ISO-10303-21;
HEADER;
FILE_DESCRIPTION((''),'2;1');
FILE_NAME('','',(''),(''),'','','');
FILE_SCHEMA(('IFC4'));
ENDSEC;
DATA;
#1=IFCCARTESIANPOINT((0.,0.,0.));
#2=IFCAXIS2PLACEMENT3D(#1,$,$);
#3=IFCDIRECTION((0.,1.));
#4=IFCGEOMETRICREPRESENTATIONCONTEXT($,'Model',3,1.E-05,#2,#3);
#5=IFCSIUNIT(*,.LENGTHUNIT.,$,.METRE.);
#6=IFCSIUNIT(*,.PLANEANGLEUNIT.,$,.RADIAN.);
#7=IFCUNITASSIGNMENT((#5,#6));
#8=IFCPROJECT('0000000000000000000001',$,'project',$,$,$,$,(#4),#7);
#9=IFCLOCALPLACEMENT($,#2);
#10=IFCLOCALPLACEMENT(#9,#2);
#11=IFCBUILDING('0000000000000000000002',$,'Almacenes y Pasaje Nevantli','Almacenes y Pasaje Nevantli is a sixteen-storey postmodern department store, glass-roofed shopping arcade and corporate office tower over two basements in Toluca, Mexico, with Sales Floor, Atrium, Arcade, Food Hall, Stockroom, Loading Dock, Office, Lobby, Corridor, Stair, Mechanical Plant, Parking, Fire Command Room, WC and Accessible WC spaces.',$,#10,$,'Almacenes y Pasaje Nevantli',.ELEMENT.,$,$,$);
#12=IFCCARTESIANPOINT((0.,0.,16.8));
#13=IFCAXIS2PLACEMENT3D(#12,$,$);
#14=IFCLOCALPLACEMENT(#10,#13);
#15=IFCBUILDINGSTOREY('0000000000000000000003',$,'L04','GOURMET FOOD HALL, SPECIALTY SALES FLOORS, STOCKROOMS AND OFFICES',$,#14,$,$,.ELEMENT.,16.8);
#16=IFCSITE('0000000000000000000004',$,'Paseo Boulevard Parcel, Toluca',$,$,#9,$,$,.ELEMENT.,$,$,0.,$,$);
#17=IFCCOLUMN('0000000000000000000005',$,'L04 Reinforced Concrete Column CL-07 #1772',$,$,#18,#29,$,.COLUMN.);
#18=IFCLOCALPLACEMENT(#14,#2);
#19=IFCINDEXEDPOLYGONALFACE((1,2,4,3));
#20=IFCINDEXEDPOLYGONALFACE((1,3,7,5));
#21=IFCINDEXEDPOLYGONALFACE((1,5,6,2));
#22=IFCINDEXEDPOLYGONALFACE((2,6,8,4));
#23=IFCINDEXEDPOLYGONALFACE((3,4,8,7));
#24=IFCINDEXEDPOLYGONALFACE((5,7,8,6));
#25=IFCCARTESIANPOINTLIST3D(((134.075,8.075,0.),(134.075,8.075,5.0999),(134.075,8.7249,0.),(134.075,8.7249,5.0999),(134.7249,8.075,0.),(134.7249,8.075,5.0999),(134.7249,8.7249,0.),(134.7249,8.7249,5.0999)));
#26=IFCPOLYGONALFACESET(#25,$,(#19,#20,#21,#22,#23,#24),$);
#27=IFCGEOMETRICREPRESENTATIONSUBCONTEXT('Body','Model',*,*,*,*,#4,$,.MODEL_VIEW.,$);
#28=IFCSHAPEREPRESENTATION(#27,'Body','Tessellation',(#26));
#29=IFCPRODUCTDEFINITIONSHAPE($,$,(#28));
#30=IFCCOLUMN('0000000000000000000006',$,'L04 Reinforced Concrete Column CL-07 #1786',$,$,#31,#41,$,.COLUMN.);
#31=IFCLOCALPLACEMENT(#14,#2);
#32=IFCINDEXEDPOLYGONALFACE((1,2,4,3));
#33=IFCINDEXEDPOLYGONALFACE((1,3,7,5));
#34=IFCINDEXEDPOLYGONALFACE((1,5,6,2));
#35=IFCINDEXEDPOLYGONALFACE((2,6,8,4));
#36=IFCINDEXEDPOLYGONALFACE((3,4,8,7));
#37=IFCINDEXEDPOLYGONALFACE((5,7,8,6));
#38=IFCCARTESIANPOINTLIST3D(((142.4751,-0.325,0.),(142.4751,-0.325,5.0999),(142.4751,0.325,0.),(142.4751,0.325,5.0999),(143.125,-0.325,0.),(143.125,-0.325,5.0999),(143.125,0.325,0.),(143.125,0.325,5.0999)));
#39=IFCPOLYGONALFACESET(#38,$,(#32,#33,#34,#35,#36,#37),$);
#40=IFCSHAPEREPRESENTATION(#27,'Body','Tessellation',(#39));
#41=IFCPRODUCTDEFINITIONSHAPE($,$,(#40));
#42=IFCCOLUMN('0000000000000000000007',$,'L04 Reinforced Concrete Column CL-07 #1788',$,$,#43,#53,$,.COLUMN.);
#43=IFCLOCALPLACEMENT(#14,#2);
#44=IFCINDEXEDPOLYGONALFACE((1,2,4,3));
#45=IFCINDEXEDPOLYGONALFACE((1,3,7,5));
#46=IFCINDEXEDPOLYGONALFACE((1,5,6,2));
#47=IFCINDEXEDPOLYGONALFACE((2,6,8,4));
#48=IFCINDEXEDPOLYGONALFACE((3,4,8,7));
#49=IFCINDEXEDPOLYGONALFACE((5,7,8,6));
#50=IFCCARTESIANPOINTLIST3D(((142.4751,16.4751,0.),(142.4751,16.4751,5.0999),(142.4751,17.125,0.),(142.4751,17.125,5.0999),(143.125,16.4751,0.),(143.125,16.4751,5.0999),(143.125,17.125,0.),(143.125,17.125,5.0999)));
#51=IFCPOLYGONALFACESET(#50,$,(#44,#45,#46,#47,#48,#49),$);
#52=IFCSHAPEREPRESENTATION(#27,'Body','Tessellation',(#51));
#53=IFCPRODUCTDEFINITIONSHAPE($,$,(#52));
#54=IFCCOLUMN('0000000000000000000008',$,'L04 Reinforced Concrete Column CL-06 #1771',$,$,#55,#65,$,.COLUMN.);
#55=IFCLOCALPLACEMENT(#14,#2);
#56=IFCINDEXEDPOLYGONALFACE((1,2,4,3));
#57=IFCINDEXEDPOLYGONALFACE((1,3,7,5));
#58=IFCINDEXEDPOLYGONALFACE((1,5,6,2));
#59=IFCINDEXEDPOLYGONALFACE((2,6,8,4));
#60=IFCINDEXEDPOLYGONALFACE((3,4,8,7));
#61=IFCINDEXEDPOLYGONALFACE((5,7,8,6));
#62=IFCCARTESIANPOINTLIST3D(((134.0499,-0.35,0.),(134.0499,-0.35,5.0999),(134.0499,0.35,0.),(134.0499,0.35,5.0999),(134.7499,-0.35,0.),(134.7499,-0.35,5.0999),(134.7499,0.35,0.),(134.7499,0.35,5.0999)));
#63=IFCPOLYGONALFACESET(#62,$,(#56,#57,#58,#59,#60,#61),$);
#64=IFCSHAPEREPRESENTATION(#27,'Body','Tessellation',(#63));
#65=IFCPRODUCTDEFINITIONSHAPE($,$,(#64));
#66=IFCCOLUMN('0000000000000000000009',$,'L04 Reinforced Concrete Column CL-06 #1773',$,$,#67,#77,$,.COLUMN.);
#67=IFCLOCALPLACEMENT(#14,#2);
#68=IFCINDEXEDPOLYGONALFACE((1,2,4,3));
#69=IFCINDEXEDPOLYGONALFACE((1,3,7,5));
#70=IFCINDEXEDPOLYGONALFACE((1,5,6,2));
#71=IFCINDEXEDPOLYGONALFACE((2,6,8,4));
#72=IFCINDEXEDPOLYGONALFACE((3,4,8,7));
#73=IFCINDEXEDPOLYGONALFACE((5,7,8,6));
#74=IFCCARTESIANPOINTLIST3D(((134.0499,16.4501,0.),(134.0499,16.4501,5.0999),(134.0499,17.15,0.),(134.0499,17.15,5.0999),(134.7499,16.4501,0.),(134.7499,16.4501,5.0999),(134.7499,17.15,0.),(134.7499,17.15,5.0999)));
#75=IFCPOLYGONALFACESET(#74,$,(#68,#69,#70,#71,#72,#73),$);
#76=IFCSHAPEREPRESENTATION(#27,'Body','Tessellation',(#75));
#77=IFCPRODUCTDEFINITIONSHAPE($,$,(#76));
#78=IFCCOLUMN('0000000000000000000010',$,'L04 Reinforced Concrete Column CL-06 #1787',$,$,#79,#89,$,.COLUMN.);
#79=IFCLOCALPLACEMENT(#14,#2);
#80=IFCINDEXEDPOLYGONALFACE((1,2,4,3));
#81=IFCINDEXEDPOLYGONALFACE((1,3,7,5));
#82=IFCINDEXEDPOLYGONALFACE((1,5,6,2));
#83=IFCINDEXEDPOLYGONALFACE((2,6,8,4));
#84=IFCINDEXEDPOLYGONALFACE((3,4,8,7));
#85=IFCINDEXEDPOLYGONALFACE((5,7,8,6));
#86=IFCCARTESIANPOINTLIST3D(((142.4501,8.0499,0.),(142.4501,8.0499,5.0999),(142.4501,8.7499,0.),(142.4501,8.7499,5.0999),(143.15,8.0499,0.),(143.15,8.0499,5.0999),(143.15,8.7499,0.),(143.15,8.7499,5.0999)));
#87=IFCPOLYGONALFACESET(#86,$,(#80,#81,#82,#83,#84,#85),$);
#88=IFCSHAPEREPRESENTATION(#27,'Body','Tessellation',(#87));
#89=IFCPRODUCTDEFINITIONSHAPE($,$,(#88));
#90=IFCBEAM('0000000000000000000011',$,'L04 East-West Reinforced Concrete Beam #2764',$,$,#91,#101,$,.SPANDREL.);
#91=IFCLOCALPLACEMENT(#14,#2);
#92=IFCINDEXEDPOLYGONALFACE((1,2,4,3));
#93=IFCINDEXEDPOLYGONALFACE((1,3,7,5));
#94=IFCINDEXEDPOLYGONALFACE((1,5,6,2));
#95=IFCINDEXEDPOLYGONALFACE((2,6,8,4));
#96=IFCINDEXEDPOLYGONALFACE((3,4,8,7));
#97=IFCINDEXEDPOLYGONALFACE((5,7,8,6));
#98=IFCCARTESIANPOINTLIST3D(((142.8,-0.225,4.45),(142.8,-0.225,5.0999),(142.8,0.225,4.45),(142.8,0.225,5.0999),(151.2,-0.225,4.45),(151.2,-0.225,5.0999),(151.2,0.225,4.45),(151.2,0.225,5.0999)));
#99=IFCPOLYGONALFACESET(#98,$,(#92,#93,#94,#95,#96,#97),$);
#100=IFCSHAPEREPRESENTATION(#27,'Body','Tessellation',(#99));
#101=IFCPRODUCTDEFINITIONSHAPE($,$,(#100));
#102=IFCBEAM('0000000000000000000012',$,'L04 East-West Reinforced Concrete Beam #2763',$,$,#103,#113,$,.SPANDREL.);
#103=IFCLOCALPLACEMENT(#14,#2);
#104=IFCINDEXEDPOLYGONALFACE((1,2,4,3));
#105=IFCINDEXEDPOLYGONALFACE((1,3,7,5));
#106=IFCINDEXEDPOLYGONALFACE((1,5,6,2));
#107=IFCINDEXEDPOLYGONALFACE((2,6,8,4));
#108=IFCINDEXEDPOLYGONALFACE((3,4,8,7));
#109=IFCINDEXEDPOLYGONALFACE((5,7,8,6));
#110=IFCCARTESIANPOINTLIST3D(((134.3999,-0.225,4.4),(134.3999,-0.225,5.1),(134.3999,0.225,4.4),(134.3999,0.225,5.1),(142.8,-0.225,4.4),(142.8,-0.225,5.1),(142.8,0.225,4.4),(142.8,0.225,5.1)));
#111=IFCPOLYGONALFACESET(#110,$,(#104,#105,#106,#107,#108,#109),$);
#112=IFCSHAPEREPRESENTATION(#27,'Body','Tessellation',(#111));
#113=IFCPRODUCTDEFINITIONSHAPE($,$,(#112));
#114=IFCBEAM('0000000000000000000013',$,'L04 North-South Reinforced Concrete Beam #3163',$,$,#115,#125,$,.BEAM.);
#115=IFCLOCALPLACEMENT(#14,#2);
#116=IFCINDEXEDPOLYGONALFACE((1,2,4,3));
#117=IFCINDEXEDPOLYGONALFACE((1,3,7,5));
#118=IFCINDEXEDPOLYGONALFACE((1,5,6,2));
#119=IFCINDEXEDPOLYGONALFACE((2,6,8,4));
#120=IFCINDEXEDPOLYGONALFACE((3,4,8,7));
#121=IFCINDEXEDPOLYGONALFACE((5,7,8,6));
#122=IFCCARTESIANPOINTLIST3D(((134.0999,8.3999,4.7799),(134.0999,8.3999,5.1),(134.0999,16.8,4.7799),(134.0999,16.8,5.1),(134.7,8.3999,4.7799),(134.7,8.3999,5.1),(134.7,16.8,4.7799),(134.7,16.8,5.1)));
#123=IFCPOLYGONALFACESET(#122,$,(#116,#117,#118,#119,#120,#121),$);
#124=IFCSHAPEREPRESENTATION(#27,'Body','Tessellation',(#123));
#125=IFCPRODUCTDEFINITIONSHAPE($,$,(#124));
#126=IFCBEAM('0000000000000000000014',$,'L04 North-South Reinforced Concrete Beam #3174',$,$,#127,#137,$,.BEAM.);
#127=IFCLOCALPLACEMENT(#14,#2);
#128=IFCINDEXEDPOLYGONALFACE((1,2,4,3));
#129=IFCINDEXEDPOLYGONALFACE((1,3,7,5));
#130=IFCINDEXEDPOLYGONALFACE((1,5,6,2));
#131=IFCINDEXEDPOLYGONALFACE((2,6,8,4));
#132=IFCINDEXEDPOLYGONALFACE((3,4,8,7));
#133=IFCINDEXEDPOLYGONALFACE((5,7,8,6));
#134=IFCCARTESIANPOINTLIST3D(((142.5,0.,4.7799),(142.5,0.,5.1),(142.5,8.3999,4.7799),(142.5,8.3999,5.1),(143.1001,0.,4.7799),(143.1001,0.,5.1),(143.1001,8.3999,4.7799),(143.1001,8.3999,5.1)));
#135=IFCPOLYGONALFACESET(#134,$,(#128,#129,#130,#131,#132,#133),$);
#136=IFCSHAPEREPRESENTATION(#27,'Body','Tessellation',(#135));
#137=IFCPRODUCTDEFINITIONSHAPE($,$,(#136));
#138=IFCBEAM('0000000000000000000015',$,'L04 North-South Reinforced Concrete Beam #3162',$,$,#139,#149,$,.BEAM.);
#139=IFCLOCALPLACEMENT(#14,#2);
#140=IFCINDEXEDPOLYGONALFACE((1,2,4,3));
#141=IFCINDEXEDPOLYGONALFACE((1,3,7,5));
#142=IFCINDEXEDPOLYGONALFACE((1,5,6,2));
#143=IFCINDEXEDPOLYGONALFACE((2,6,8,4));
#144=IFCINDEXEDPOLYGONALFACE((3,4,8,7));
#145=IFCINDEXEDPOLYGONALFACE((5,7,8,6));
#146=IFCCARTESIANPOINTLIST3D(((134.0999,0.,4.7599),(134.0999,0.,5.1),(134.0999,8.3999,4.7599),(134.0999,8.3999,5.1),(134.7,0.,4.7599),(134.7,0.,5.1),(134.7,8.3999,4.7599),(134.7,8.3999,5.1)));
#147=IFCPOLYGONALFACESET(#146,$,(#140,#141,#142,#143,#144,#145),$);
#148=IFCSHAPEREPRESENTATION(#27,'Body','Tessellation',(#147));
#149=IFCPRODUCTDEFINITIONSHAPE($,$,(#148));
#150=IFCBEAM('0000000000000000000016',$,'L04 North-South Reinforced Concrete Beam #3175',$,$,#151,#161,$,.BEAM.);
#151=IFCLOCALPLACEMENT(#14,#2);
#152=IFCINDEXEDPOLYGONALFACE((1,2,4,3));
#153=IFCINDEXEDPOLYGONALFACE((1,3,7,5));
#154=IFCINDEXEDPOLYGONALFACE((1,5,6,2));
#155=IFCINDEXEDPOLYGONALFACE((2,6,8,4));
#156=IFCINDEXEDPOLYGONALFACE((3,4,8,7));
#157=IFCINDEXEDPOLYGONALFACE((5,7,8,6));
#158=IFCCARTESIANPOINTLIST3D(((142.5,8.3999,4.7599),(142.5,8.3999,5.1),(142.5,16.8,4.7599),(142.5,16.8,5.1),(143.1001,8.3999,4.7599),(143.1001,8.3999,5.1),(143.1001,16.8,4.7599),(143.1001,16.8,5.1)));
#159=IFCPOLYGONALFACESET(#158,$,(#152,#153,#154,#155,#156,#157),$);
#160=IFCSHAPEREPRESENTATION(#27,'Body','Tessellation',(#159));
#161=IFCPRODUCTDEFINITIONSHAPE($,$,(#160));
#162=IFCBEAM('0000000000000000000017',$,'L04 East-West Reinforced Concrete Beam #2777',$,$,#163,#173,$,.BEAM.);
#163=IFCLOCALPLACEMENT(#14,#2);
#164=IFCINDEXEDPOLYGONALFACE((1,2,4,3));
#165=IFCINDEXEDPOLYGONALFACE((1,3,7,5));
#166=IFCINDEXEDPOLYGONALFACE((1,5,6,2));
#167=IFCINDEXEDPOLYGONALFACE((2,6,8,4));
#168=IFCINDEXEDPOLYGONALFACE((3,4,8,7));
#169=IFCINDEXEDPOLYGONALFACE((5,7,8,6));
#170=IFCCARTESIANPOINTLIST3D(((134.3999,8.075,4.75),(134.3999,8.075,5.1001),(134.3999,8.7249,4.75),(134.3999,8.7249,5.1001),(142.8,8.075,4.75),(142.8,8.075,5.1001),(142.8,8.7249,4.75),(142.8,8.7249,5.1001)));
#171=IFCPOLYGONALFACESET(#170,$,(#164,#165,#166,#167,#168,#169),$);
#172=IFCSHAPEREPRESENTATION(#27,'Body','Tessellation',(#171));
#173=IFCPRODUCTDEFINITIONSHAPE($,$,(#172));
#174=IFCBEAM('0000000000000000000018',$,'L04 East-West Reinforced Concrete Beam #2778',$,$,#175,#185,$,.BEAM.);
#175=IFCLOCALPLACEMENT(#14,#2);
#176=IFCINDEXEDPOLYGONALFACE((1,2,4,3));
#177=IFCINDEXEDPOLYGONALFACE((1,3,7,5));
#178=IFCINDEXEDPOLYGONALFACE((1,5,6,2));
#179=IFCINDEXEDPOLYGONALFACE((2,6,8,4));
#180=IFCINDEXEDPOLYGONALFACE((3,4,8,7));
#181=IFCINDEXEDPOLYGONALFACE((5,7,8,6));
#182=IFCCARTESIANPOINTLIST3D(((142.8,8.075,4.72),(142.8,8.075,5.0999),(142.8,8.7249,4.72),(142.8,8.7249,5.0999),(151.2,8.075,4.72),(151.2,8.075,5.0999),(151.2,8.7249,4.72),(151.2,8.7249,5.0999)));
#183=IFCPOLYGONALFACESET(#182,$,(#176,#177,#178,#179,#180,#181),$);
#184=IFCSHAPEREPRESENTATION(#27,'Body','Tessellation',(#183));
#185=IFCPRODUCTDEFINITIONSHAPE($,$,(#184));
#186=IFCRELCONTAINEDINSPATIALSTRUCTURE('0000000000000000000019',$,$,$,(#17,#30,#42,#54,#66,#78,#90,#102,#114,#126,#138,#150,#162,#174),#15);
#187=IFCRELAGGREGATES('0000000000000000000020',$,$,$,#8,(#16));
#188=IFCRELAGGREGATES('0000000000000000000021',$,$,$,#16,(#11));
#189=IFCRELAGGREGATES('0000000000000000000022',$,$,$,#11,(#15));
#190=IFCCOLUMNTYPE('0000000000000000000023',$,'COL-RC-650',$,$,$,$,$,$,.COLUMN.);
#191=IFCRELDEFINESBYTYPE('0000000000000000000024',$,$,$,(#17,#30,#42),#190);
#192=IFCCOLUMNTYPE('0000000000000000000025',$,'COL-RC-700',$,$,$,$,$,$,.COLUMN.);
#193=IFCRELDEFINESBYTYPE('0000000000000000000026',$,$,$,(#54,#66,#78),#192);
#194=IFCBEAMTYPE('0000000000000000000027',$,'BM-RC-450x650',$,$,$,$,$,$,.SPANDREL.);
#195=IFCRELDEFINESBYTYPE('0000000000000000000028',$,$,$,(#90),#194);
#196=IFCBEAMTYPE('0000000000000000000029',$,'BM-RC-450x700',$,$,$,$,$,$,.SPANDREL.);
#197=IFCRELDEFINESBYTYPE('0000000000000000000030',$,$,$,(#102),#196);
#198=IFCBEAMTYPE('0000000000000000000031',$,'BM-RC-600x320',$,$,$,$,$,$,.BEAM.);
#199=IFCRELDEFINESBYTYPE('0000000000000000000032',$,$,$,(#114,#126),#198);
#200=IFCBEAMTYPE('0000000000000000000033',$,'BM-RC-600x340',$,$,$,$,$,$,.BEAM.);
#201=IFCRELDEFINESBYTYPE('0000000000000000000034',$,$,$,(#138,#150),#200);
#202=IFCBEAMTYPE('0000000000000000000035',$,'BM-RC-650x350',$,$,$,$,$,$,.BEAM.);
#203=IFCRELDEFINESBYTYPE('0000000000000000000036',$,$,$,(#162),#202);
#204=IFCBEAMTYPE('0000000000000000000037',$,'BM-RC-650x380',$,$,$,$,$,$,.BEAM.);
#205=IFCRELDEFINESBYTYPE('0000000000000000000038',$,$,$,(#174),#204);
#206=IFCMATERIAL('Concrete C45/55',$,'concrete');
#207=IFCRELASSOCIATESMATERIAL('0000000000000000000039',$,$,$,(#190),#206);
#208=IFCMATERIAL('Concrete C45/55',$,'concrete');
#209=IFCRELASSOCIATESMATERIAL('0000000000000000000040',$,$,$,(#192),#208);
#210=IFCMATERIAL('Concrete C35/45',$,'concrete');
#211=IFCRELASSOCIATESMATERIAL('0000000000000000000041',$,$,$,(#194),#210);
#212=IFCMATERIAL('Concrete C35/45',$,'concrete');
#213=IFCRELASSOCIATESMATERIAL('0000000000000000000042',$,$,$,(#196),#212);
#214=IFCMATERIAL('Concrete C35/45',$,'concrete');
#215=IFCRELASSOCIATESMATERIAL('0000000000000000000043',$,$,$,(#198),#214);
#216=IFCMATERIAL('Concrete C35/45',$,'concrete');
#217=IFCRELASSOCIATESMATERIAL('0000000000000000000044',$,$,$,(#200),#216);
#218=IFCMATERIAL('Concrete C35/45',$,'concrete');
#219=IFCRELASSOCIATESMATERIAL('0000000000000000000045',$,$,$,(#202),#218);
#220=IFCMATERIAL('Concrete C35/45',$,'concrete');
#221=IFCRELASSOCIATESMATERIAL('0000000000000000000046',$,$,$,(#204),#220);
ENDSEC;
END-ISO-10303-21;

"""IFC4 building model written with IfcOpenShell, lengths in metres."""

from ifc_helpers import new_model, si_unit, direction, frame, origin, origin_2d, place, context, subcontext, project, spatial, rectangle, extrude, material, material_profile, profile_set, type_object, element, save


model = new_model("IFC4")

# Units and contexts
model_context = context("Model", 3, precision=1e-05, world=origin(), true_north=direction((0.0, 1.0)))
body_context = subcontext(model_context, "Body", "Model", "MODEL_VIEW")
ifc_project = project(units=[si_unit("LENGTHUNIT", "METRE"), si_unit("PLANEANGLEUNIT", "RADIAN")], contexts=[model_context])

# Site, building, storey
site_placement = place(None, origin())
site = spatial("IfcSite", under=ifc_project, at=site_placement, Name="Paseo Boulevard Parcel, Toluca", CompositionType="ELEMENT", RefElevation=0.0)
building_placement = place(site_placement, origin())
building = spatial("IfcBuilding", under=site, at=building_placement, Name="Almacenes y Pasaje Nevantli", Description="Almacenes y Pasaje Nevantli is a sixteen-storey postmodern department store, glass-roofed shopping arcade and corporate office tower over two basements in Toluca, Mexico, with Sales Floor, Atrium, Arcade, Food Hall, Stockroom, Loading Dock, Office, Lobby, Corridor, Stair, Mechanical Plant, Parking, Fire Command Room, WC and Accessible WC spaces.", LongName="Almacenes y Pasaje Nevantli", CompositionType="ELEMENT")
storey_placement = place(building_placement, frame((0.0, 0.0, 16.8)))
storey = spatial("IfcBuildingStorey", under=building, at=storey_placement, Name="L04", Description="GOURMET FOOD HALL, SPECIALTY SALES FLOORS, STOCKROOMS AND OFFICES", CompositionType="ELEMENT", Elevation=16.8)

# Columns
ifc_material_1 = material(Name="Concrete C45/55", Category="concrete")
ifc_material_profile_1 = material_profile(ifc_material_1, rectangle(XDim=0.6499, YDim=0.6499, at=origin_2d()), Name="RC-COL-650x650")
ifc_profile_set_1 = profile_set([ifc_material_profile_1], Name="Concrete C45/55")
column_type_1 = type_object("IfcColumnType", Name="COL-RC-650", PredefinedType="COLUMN", material=ifc_profile_set_1)
for number, where, z_axis, x_axis, name in (
    (1, (134.3999, 8.3999, 0.0), (0.0, 0.0, 1.0), (1.0, 0.0, 0.0), "L04 Reinforced Concrete Column CL-07 #1772"),
    (2, (142.8, 0.0, 0.0), (0.0, 0.0, 1.0), (1.0, 0.0, 0.0), "L04 Reinforced Concrete Column CL-07 #1786"),
    (3, (142.8, 16.8, 0.0), (0.0, 0.0, 1.0), (1.0, 0.0, 0.0), "L04 Reinforced Concrete Column CL-07 #1788"),
):
    element("IfcColumn", number, at=place(storey_placement, frame(where, z_axis=z_axis, x_axis=x_axis)), inside=storey, type_object=column_type_1, Name=name, PredefinedType="COLUMN", context=body_context, shape_type="SweptSolid", body=[
        extrude(rectangle(XDim=0.6499, YDim=0.6499, at=origin_2d()), origin(), (0.0, 0.0, 1.0), 5.0999),
    ])
ifc_material_2 = material(Name="Concrete C45/55", Category="concrete")
ifc_material_profile_2 = material_profile(ifc_material_2, rectangle(XDim=0.7, YDim=0.7, at=origin_2d()), Name="RC-COL-700x700")
ifc_profile_set_2 = profile_set([ifc_material_profile_2], Name="Concrete C45/55")
column_type_2 = type_object("IfcColumnType", Name="COL-RC-700", PredefinedType="COLUMN", material=ifc_profile_set_2)
for number, where, z_axis, x_axis, name in (
    (4, (134.3999, 0.0, 0.0), (0.0, 0.0, 1.0), (1.0, 0.0, 0.0), "L04 Reinforced Concrete Column CL-06 #1771"),
    (5, (134.3999, 16.8, 0.0), (0.0, 0.0, 1.0), (1.0, 0.0, 0.0), "L04 Reinforced Concrete Column CL-06 #1773"),
    (6, (142.8, 8.3999, 0.0), (0.0, 0.0, 1.0), (1.0, 0.0, 0.0), "L04 Reinforced Concrete Column CL-06 #1787"),
):
    element("IfcColumn", number, at=place(storey_placement, frame(where, z_axis=z_axis, x_axis=x_axis)), inside=storey, type_object=column_type_2, Name=name, PredefinedType="COLUMN", context=body_context, shape_type="SweptSolid", body=[
        extrude(rectangle(XDim=0.7, YDim=0.7, at=origin_2d()), origin(), (0.0, 0.0, 1.0), 5.0999),
    ])

# Beams
ifc_material_3 = material(Name="Concrete C35/45", Category="concrete")
ifc_material_profile_3 = material_profile(ifc_material_3, rectangle(XDim=0.45, YDim=0.6499, at=origin_2d()), Name="RC-BM-450x650")
ifc_profile_set_3 = profile_set([ifc_material_profile_3], Name="Concrete C35/45")
beam_type_1 = type_object("IfcBeamType", Name="BM-RC-450x650", PredefinedType="SPANDREL", material=ifc_profile_set_3)
beam_1_placement = place(storey_placement, frame((142.8, 0.0, 4.7749), z_axis=(1.0, 0.0, 0.0), x_axis=(0.0, 1.0, 0.0)))
element("IfcBeam", 7, at=beam_1_placement, inside=storey, type_object=beam_type_1, Name="L04 East-West Reinforced Concrete Beam #2764", PredefinedType="SPANDREL", context=body_context, shape_type="SweptSolid", body=[
    extrude(rectangle(XDim=0.45, YDim=0.6499, at=origin_2d()), origin(), (0.0, 0.0, 1.0), 8.3999),
])
ifc_material_4 = material(Name="Concrete C35/45", Category="concrete")
ifc_material_profile_4 = material_profile(ifc_material_4, rectangle(XDim=0.45, YDim=0.7, at=origin_2d()), Name="RC-BM-450x700")
ifc_profile_set_4 = profile_set([ifc_material_profile_4], Name="Concrete C35/45")
beam_type_2 = type_object("IfcBeamType", Name="BM-RC-450x700", PredefinedType="SPANDREL", material=ifc_profile_set_4)
beam_2_placement = place(storey_placement, frame((134.3999, 0.0, 4.75), z_axis=(1.0, 0.0, 0.0), x_axis=(0.0, 1.0, 0.0)))
element("IfcBeam", 8, at=beam_2_placement, inside=storey, type_object=beam_type_2, Name="L04 East-West Reinforced Concrete Beam #2763", PredefinedType="SPANDREL", context=body_context, shape_type="SweptSolid", body=[
    extrude(rectangle(XDim=0.45, YDim=0.7, at=origin_2d()), origin(), (0.0, 0.0, 1.0), 8.4001),
])
ifc_material_5 = material(Name="Concrete C35/45", Category="concrete")
ifc_material_profile_5 = material_profile(ifc_material_5, rectangle(XDim=0.6001, YDim=0.3201, at=origin_2d()), Name="RC-BM-600x320")
ifc_profile_set_5 = profile_set([ifc_material_profile_5], Name="Concrete C35/45")
beam_type_3 = type_object("IfcBeamType", Name="BM-RC-600x320", PredefinedType="BEAM", material=ifc_profile_set_5)
beam_3_placement = place(storey_placement, frame((134.3999, 8.3999, 4.9399), z_axis=(0.0, 1.0, 0.0), x_axis=(-1.0, 0.0, 0.0)))
element("IfcBeam", 9, at=beam_3_placement, inside=storey, type_object=beam_type_3, Name="L04 North-South Reinforced Concrete Beam #3163", PredefinedType="BEAM", context=body_context, shape_type="SweptSolid", body=[
    extrude(rectangle(XDim=0.6001, YDim=0.3201, at=origin_2d()), origin(), (0.0, 0.0, 1.0), 8.4001),
])
beam_4_placement = place(storey_placement, frame((142.8, 0.0, 4.9399), z_axis=(0.0, 1.0, 0.0), x_axis=(-1.0, 0.0, 0.0)))
element("IfcBeam", 10, at=beam_4_placement, inside=storey, type_object=beam_type_3, Name="L04 North-South Reinforced Concrete Beam #3174", PredefinedType="BEAM", context=body_context, shape_type="SweptSolid", body=[
    extrude(rectangle(XDim=0.6001, YDim=0.3201, at=origin_2d()), origin(), (0.0, 0.0, 1.0), 8.3999),
])
ifc_material_6 = material(Name="Concrete C35/45", Category="concrete")
ifc_material_profile_6 = material_profile(ifc_material_6, rectangle(XDim=0.6001, YDim=0.3401, at=origin_2d()), Name="RC-BM-600x340")
ifc_profile_set_6 = profile_set([ifc_material_profile_6], Name="Concrete C35/45")
beam_type_4 = type_object("IfcBeamType", Name="BM-RC-600x340", PredefinedType="BEAM", material=ifc_profile_set_6)
beam_5_placement = place(storey_placement, frame((134.3999, 0.0, 4.9299), z_axis=(0.0, 1.0, 0.0), x_axis=(-1.0, 0.0, 0.0)))
element("IfcBeam", 11, at=beam_5_placement, inside=storey, type_object=beam_type_4, Name="L04 North-South Reinforced Concrete Beam #3162", PredefinedType="BEAM", context=body_context, shape_type="SweptSolid", body=[
    extrude(rectangle(XDim=0.6001, YDim=0.3401, at=origin_2d()), origin(), (0.0, 0.0, 1.0), 8.3999),
])
beam_6_placement = place(storey_placement, frame((142.8, 8.3999, 4.9299), z_axis=(0.0, 1.0, 0.0), x_axis=(-1.0, 0.0, 0.0)))
element("IfcBeam", 12, at=beam_6_placement, inside=storey, type_object=beam_type_4, Name="L04 North-South Reinforced Concrete Beam #3175", PredefinedType="BEAM", context=body_context, shape_type="SweptSolid", body=[
    extrude(rectangle(XDim=0.6001, YDim=0.3401, at=origin_2d()), origin(), (0.0, 0.0, 1.0), 8.4001),
])
ifc_material_7 = material(Name="Concrete C35/45", Category="concrete")
ifc_material_profile_7 = material_profile(ifc_material_7, rectangle(XDim=0.6499, YDim=0.3501, at=origin_2d()), Name="RC-BM-650x350")
ifc_profile_set_7 = profile_set([ifc_material_profile_7], Name="Concrete C35/45")
beam_type_5 = type_object("IfcBeamType", Name="BM-RC-650x350", PredefinedType="BEAM", material=ifc_profile_set_7)
beam_7_placement = place(storey_placement, frame((134.3999, 8.3999, 4.925), z_axis=(1.0, 0.0, 0.0), x_axis=(0.0, 1.0, 0.0)))
element("IfcBeam", 13, at=beam_7_placement, inside=storey, type_object=beam_type_5, Name="L04 East-West Reinforced Concrete Beam #2777", PredefinedType="BEAM", context=body_context, shape_type="SweptSolid", body=[
    extrude(rectangle(XDim=0.6499, YDim=0.3501, at=origin_2d()), origin(), (0.0, 0.0, 1.0), 8.4001),
])
ifc_material_8 = material(Name="Concrete C35/45", Category="concrete")
ifc_material_profile_8 = material_profile(ifc_material_8, rectangle(XDim=0.6499, YDim=0.3799, at=origin_2d()), Name="RC-BM-650x380")
ifc_profile_set_8 = profile_set([ifc_material_profile_8], Name="Concrete C35/45")
beam_type_6 = type_object("IfcBeamType", Name="BM-RC-650x380", PredefinedType="BEAM", material=ifc_profile_set_8)
beam_8_placement = place(storey_placement, frame((142.8, 8.3999, 4.9099), z_axis=(1.0, 0.0, 0.0), x_axis=(0.0, 1.0, 0.0)))
element("IfcBeam", 14, at=beam_8_placement, inside=storey, type_object=beam_type_6, Name="L04 East-West Reinforced Concrete Beam #2778", PredefinedType="BEAM", context=body_context, shape_type="SweptSolid", body=[
    extrude(rectangle(XDim=0.6499, YDim=0.3799, at=origin_2d()), origin(), (0.0, 0.0, 1.0), 8.3999),
])

save(model, "model.ifc")
